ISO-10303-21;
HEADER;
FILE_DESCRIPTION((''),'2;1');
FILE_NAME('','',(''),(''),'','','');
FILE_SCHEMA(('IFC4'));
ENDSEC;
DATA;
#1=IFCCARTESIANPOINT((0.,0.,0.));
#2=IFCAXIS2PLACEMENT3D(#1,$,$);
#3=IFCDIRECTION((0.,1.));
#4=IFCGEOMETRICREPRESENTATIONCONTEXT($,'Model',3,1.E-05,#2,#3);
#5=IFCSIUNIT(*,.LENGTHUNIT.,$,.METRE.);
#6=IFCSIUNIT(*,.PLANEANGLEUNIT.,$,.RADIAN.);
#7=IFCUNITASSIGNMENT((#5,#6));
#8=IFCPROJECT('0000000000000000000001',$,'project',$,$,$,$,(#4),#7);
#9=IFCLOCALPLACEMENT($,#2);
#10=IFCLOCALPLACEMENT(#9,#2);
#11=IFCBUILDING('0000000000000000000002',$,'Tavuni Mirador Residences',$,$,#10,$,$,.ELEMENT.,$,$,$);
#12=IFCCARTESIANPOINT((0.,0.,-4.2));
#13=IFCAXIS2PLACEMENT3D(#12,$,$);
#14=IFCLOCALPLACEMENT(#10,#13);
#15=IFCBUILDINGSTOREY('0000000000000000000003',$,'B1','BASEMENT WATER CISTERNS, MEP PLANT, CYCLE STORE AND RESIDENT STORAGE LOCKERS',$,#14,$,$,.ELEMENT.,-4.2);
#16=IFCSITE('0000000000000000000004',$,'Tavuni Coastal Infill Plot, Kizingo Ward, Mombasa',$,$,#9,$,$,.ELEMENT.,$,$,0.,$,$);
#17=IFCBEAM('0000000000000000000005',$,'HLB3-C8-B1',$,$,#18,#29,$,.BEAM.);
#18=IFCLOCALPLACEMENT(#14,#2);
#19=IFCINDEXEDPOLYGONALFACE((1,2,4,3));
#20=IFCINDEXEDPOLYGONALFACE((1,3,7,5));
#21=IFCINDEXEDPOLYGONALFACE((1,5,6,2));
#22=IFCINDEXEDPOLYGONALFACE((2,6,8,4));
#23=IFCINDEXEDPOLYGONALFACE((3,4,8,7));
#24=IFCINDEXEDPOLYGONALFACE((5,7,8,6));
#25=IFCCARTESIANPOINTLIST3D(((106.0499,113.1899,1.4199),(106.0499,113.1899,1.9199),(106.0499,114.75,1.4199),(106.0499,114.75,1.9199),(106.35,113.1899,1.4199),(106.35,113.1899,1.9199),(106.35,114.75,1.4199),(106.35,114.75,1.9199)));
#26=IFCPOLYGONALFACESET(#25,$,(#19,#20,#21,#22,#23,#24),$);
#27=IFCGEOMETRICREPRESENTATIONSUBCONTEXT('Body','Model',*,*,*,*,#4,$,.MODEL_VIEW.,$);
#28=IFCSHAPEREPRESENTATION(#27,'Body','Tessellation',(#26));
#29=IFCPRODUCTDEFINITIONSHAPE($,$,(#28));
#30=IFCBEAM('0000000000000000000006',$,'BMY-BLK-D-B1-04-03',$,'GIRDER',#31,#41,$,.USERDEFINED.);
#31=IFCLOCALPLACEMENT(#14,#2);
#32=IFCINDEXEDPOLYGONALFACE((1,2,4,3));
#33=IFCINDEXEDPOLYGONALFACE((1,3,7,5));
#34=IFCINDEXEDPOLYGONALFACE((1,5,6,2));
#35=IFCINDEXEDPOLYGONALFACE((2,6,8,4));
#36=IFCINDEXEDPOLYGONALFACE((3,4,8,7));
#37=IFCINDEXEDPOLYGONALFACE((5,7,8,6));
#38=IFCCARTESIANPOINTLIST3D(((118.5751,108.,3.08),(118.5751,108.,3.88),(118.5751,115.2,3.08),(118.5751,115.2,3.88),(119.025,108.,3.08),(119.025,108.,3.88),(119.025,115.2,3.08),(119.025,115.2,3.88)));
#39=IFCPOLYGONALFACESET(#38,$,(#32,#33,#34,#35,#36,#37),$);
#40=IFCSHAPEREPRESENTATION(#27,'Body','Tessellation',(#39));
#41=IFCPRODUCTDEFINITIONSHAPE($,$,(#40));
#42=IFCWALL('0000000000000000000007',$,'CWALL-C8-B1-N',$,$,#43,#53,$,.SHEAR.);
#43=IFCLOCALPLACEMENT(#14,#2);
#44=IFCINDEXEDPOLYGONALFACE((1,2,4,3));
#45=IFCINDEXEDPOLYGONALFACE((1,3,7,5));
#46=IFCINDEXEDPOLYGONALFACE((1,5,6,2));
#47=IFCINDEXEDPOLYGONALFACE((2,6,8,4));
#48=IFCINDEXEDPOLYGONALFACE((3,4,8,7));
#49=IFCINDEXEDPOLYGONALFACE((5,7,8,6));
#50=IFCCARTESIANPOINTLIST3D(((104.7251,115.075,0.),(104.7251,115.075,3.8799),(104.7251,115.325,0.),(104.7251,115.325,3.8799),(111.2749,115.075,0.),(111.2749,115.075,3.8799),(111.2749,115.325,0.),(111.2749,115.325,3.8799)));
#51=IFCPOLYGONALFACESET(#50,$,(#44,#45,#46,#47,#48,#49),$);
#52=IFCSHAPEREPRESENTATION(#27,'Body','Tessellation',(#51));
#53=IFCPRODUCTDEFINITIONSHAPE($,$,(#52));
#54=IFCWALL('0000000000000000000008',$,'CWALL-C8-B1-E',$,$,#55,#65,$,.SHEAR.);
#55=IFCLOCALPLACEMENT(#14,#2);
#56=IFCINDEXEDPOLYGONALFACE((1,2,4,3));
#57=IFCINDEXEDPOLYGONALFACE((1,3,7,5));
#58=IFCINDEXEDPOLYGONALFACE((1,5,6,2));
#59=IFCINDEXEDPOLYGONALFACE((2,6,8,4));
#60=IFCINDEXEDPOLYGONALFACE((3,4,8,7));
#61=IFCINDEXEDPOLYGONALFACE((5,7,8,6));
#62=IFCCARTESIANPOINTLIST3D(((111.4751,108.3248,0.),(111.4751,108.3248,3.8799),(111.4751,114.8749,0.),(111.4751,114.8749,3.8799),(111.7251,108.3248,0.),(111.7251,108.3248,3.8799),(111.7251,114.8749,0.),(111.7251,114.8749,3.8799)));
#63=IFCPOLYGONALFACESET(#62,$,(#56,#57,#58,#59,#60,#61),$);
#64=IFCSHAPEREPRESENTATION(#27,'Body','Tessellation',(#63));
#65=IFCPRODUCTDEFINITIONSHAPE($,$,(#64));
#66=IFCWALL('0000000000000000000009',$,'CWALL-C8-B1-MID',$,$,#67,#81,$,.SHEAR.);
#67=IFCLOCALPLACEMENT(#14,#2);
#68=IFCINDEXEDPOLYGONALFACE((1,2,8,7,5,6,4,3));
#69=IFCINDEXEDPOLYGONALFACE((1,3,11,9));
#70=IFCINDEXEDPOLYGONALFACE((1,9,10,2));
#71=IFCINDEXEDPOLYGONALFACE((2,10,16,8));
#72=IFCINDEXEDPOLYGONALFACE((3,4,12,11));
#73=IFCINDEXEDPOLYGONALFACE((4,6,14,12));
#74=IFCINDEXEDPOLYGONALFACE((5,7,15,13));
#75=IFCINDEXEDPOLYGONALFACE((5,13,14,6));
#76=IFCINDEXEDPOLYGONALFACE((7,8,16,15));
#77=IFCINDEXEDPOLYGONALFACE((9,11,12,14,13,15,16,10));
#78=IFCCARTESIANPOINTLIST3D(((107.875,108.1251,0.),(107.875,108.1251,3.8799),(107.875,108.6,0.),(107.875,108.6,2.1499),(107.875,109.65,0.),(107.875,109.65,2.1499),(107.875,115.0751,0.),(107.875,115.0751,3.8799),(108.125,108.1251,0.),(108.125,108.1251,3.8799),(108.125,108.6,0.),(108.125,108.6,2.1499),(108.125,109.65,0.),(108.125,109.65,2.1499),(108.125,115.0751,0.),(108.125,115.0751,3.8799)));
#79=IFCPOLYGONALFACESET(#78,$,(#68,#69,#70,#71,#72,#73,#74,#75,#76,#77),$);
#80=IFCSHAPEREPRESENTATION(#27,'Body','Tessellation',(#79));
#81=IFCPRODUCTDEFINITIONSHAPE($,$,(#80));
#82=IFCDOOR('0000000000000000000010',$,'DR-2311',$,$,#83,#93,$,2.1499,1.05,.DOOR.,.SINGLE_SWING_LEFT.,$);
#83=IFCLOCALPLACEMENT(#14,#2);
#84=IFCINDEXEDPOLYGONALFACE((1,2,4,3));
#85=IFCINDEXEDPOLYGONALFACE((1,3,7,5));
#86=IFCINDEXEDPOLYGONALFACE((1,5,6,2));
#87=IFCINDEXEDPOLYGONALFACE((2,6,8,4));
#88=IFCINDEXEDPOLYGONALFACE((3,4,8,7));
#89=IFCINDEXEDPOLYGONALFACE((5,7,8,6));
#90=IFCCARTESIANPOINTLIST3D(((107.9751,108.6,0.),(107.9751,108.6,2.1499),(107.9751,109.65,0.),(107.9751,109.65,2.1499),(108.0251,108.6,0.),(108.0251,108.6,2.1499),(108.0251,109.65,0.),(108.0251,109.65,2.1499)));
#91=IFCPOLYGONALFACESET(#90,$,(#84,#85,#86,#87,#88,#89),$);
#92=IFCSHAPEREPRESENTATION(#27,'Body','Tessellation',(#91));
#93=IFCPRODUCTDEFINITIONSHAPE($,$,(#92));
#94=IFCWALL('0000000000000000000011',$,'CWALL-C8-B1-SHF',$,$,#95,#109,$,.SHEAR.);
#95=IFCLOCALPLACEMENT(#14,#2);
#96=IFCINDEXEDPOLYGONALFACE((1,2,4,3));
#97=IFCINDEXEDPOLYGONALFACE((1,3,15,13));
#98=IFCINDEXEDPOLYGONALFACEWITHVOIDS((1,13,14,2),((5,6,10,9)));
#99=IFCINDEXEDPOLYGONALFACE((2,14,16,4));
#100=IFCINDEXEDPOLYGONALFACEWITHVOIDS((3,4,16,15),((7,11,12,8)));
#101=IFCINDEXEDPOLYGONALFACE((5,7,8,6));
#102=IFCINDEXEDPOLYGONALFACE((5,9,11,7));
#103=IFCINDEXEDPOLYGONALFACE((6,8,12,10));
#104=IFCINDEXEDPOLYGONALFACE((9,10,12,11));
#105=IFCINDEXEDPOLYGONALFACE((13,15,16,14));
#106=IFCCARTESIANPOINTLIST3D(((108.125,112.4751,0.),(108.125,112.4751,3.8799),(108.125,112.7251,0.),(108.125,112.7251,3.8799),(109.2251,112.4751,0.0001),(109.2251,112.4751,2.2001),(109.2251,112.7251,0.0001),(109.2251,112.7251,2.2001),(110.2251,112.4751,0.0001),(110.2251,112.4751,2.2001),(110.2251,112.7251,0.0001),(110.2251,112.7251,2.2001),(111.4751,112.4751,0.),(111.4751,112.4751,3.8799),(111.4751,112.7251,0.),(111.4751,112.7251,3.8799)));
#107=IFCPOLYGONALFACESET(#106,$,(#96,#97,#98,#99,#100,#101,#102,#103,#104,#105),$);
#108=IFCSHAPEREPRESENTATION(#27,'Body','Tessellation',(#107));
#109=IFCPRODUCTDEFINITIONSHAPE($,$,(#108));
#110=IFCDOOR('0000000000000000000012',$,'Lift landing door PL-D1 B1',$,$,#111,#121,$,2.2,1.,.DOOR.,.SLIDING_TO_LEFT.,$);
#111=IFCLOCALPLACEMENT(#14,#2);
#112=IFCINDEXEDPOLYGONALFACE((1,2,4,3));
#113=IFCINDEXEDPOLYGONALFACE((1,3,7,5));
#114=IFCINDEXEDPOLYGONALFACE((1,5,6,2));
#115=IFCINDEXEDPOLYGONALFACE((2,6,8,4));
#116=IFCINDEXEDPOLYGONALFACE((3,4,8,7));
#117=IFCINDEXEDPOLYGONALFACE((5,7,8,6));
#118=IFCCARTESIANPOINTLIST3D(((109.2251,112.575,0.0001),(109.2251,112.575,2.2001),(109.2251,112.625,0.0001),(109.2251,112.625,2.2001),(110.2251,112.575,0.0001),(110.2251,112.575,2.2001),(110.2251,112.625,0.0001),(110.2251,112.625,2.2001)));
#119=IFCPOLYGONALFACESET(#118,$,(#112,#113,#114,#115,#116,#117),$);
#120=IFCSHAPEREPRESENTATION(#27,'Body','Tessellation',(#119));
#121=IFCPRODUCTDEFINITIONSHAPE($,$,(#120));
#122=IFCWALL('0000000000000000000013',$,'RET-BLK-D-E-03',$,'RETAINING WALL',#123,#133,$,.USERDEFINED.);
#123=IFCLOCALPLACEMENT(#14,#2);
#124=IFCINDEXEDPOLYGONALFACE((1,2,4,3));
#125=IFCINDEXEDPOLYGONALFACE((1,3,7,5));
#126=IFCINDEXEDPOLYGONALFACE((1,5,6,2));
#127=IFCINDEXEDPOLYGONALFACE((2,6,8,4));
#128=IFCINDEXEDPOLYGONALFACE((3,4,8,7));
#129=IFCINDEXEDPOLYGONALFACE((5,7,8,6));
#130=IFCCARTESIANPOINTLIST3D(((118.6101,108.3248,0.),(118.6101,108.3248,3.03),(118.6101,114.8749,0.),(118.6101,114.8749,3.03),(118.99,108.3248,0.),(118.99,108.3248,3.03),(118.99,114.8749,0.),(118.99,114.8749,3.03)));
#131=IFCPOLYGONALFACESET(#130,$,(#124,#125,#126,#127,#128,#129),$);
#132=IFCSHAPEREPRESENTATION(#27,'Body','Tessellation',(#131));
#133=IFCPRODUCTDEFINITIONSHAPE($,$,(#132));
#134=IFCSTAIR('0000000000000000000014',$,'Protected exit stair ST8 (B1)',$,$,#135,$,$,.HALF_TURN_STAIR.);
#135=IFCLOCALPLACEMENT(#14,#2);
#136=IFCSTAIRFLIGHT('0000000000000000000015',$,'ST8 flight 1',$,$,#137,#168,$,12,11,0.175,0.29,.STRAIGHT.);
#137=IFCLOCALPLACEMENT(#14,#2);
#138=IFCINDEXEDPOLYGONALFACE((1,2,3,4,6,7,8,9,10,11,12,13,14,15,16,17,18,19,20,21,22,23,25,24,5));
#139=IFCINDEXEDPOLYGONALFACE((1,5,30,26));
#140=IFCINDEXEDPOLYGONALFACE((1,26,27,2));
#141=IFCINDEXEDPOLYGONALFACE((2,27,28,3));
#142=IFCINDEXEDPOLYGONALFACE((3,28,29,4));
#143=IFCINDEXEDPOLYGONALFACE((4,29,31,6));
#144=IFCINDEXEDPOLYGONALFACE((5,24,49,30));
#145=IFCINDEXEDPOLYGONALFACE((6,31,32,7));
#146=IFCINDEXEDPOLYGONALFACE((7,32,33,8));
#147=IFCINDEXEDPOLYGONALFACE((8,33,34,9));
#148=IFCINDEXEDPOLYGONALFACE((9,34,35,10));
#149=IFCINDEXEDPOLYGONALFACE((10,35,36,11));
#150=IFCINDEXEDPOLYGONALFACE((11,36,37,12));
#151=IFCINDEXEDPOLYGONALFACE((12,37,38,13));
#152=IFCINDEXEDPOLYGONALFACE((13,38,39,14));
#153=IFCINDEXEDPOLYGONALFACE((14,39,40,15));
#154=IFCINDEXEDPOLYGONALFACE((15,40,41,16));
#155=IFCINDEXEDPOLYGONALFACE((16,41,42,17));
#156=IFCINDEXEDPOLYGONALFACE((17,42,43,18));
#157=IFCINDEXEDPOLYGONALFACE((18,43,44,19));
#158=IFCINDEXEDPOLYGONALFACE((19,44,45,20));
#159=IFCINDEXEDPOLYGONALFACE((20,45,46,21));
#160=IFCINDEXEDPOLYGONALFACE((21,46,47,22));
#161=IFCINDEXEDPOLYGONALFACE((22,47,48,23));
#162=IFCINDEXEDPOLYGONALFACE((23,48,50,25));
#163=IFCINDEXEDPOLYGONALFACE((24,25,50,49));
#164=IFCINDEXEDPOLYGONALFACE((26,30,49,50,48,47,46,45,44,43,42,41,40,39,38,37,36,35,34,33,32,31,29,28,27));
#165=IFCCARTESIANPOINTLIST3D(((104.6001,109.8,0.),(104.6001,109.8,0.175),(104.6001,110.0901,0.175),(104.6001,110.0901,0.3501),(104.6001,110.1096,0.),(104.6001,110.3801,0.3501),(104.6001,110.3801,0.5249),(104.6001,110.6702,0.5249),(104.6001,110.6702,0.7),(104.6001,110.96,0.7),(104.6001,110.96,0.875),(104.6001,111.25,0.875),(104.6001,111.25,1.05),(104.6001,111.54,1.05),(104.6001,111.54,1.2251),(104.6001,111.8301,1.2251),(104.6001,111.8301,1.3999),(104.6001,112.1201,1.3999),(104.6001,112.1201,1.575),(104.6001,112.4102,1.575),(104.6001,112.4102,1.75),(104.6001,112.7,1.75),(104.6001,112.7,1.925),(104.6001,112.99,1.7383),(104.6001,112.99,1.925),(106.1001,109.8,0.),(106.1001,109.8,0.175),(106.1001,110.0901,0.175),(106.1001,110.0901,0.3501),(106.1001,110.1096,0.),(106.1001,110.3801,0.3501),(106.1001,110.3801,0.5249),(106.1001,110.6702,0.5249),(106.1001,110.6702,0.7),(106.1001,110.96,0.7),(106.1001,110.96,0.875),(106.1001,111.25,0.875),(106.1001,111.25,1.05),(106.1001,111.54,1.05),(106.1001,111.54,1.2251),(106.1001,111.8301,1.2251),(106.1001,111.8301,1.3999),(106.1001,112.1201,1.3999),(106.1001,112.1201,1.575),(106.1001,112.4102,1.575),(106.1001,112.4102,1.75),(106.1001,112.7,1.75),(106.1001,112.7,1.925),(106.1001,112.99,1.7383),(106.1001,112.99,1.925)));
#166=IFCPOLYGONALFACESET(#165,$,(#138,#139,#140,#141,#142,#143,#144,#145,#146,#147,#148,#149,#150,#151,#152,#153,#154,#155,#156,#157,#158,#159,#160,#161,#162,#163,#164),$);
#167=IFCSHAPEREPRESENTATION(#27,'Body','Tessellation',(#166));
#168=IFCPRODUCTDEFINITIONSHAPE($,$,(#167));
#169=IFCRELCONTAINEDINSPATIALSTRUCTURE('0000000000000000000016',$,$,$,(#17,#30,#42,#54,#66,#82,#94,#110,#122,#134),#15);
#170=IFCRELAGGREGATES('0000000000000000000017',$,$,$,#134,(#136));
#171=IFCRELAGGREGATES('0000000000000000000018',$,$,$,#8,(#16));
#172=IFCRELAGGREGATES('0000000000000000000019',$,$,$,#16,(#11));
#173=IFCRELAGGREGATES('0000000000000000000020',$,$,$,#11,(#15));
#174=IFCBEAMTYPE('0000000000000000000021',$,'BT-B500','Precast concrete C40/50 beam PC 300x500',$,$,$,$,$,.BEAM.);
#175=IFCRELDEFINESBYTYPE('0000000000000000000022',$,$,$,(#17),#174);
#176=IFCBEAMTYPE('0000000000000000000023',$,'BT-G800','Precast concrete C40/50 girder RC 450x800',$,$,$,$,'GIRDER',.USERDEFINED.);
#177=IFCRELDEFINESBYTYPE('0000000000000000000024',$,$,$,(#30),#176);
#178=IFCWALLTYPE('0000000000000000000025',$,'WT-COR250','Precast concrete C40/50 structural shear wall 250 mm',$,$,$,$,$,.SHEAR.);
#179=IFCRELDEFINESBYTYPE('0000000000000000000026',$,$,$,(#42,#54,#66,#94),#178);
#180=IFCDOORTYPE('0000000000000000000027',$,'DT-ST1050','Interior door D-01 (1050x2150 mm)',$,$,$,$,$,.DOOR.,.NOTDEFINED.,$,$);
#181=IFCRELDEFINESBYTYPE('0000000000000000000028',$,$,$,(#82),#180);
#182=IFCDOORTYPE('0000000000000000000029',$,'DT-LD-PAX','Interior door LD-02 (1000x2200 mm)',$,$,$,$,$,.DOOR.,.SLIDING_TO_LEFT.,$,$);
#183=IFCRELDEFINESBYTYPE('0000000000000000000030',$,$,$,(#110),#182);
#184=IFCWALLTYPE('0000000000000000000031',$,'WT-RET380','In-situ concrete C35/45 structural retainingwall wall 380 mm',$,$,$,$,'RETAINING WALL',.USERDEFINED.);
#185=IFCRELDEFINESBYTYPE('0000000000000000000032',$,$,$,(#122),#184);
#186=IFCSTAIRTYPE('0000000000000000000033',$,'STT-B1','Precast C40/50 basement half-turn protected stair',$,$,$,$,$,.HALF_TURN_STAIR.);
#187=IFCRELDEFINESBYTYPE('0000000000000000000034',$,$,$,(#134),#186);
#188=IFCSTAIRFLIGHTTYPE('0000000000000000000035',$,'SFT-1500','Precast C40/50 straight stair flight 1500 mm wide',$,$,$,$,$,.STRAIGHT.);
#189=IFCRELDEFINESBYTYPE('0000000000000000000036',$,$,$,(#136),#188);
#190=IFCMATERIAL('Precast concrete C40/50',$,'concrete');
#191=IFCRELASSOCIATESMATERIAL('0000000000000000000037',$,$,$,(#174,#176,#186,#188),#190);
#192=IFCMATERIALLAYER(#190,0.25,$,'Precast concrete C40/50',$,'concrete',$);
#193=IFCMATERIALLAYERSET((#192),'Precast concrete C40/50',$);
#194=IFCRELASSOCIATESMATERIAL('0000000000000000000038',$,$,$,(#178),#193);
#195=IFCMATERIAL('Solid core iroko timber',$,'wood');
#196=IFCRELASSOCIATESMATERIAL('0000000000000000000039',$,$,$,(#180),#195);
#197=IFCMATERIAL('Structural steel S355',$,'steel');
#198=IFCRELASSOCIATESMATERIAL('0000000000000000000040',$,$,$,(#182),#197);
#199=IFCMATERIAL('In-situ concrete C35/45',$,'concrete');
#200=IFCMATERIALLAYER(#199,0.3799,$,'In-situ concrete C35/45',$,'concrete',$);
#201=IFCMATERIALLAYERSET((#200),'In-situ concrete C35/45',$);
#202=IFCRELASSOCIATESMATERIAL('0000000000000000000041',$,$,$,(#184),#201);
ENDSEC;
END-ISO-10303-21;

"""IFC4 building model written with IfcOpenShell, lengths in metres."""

from ifc_helpers import new_model, si_unit, direction, frame, frame_2d, origin, origin_2d, place, context, subcontext, project, spatial, polyline, rectangle, outline, extrude, material, layer, layer_set, material_profile, profile_set, type_object, element, fill, aggregate, save


model = new_model("IFC4")

# Units and contexts
model_context = context("Model", 3, precision=1e-05, world=origin(), true_north=direction((0.0, 1.0)))
body_context = subcontext(model_context, "Body", "Model", "MODEL_VIEW")
ifc_project = project(units=[si_unit("LENGTHUNIT", "METRE"), si_unit("PLANEANGLEUNIT", "RADIAN")], contexts=[model_context])

# Site, building, storey
site_placement = place(None, origin())
site = spatial("IfcSite", under=ifc_project, at=site_placement, Name="Tavuni Coastal Infill Plot, Kizingo Ward, Mombasa", CompositionType="ELEMENT", RefElevation=0.0)
building_placement = place(site_placement, origin())
building = spatial("IfcBuilding", under=site, at=building_placement, Name="Tavuni Mirador Residences", CompositionType="ELEMENT")
storey_placement = place(building_placement, frame((0.0, 0.0, -4.2)))
storey = spatial("IfcBuildingStorey", under=building, at=storey_placement, Name="B1", Description="BASEMENT WATER CISTERNS, MEP PLANT, CYCLE STORE AND RESIDENT STORAGE LOCKERS", CompositionType="ELEMENT", Elevation=-4.2)

# Shared definitions
ifc_material_1 = material(Name="In-situ concrete C35/45", Category="concrete")

# Beams
ifc_material_2 = material(Name="Precast concrete C40/50", Category="concrete")
ifc_material_profile_1 = material_profile(ifc_material_2, rectangle(XDim=0.3, YDim=0.5, at=origin_2d()), Name="PC 300x500", Category="concrete")
ifc_profile_set_1 = profile_set([ifc_material_profile_1], Name="Precast concrete C40/50")
beam_type_1 = type_object("IfcBeamType", Name="BT-B500", Description="Precast concrete C40/50 beam PC 300x500", PredefinedType="BEAM", material=ifc_profile_set_1)
beam_1_placement = place(storey_placement, frame((106.2, 113.1899, 1.6699), z_axis=(0.0, 1.0, 0.0), x_axis=(-1.0, 0.0, 0.0)))
element("IfcBeam", 1, at=beam_1_placement, inside=storey, type_object=beam_type_1, Name="HLB3-C8-B1", PredefinedType="BEAM", context=body_context, shape_type="SweptSolid", body=[
    extrude(rectangle(XDim=0.3, YDim=0.5, at=origin_2d()), origin(), (0.0, 0.0, 1.0), 1.5601),
])
ifc_material_profile_2 = material_profile(ifc_material_2, rectangle(XDim=0.45, YDim=0.8, at=origin_2d()), Name="RC 450x800", Category="concrete")
ifc_profile_set_2 = profile_set([ifc_material_profile_2], Name="Precast concrete C40/50")
beam_type_2 = type_object("IfcBeamType", Name="BT-G800", Description="Precast concrete C40/50 girder RC 450x800", ElementType="GIRDER", PredefinedType="USERDEFINED", material=ifc_profile_set_2)
beam_2_placement = place(storey_placement, frame((118.8, 108.0, 3.48), z_axis=(0.0, 1.0, 0.0), x_axis=(-1.0, 0.0, 0.0)))
element("IfcBeam", 2, at=beam_2_placement, inside=storey, type_object=beam_type_2, Name="BMY-BLK-D-B1-04-03", ObjectType="GIRDER", PredefinedType="USERDEFINED", context=body_context, shape_type="SweptSolid", body=[
    extrude(rectangle(XDim=0.45, YDim=0.8, at=origin_2d()), origin(), (0.0, 0.0, 1.0), 7.2),
])

# Walls
ifc_layer_1 = layer(ifc_material_2, 0.25, Name="Precast concrete C40/50", Category="concrete")
ifc_layer_set_1 = layer_set([ifc_layer_1], Name="Precast concrete C40/50")
wall_type_1 = type_object("IfcWallType", Name="WT-COR250", Description="Precast concrete C40/50 structural shear wall 250 mm", PredefinedType="SHEAR", material=ifc_layer_set_1)
wall_1_placement = place(storey_placement, frame((104.7251, 115.2, 0.0), z_axis=(0.0, 0.0, 1.0), x_axis=(1.0, 0.0, 0.0)))
element("IfcWall", 3, at=wall_1_placement, inside=storey, type_object=wall_type_1, Name="CWALL-C8-B1-N", PredefinedType="SHEAR", context=body_context, shape_type="SweptSolid", body=[
    extrude(rectangle(XDim=6.5498, YDim=0.25, at=frame_2d((3.2749, 0.0))), origin(), (0.0, 0.0, 1.0), 3.8799),
])
wall_2_placement = place(storey_placement, frame((111.6001, 108.325, 0.0), z_axis=(0.0, 0.0, 1.0), x_axis=(0.0, 1.0, 0.0)))
element("IfcWall", 4, at=wall_2_placement, inside=storey, type_object=wall_type_1, Name="CWALL-C8-B1-E", PredefinedType="SHEAR", context=body_context, shape_type="SweptSolid", body=[
    extrude(rectangle(XDim=6.55, YDim=0.25, at=frame_2d((3.2749, 0.0))), origin(), (0.0, 0.0, 1.0), 3.8799),
])

# Walls, openings, doors
wall_3_placement = place(storey_placement, frame((108.0, 108.125, 0.0), z_axis=(0.0, 0.0, 1.0), x_axis=(0.0, 1.0, 0.0)))
wall_3 = element("IfcWall", 5, at=wall_3_placement, inside=storey, type_object=wall_type_1, Name="CWALL-C8-B1-MID", PredefinedType="SHEAR", context=body_context, shape_type="SweptSolid", body=[
    extrude(rectangle(XDim=6.95, YDim=0.25, at=frame_2d((3.4751, 0.0))), origin(), (0.0, 0.0, 1.0), 3.8799),
])
opening_1_placement = place(wall_3_placement, frame((0.4751, 0.0, 0.0)))
opening_1 = element("IfcOpeningElement", 6, at=opening_1_placement, cuts=wall_3, PredefinedType="OPENING", context=body_context, shape_type="SweptSolid", body=[
    extrude(rectangle(XDim=1.05, YDim=2.1499, at=frame_2d((0.5249, 1.075))), frame((0.0, 0.135, 0.0), z_axis=(0.0, -1.0, 0.0), x_axis=(1.0, 0.0, 0.0)), (0.0, 0.0, 1.0), 0.27),
])
ifc_material_3 = material(Name="Solid core iroko timber", Category="wood")
door_type_1 = type_object("IfcDoorType", Name="DT-ST1050", Description="Interior door D-01 (1050x2150 mm)", OperationType="NOTDEFINED", PredefinedType="DOOR", material=ifc_material_3)
door_1_placement = place(opening_1_placement, origin())
door_1 = element("IfcDoor", 7, at=door_1_placement, inside=storey, type_object=door_type_1, Name="DR-2311", OperationType="SINGLE_SWING_LEFT", OverallHeight=2.1499, OverallWidth=1.05, PredefinedType="DOOR", context=body_context, shape_type="SweptSolid", body=[
    extrude(rectangle(XDim=1.05, YDim=2.1499, at=frame_2d((0.5249, 1.075))), frame((0.0, 0.0249, 0.0), z_axis=(0.0, -1.0, 0.0), x_axis=(1.0, 0.0, 0.0)), (0.0, 0.0, 1.0), 0.05),
])
fill(opening_1, door_1)
wall_4_placement = place(storey_placement, frame((108.125, 112.6001, 0.0), z_axis=(0.0, 0.0, 1.0), x_axis=(1.0, 0.0, 0.0)))
wall_4 = element("IfcWall", 8, at=wall_4_placement, inside=storey, type_object=wall_type_1, Name="CWALL-C8-B1-SHF", PredefinedType="SHEAR", context=body_context, shape_type="SweptSolid", body=[
    extrude(rectangle(XDim=3.3501, YDim=0.25, at=frame_2d((1.675, 0.0))), origin(), (0.0, 0.0, 1.0), 3.8799),
])
opening_2_placement = place(wall_4_placement, frame((1.1001, 0.0, 0.0)))
opening_2 = element("IfcOpeningElement", 9, at=opening_2_placement, cuts=wall_4, PredefinedType="OPENING", context=body_context, shape_type="SweptSolid", body=[
    extrude(rectangle(XDim=1.0, YDim=2.2, at=frame_2d((0.5, 1.1001))), frame((0.0, 0.135, 0.0), z_axis=(0.0, -1.0, 0.0), x_axis=(1.0, 0.0, 0.0)), (0.0, 0.0, 1.0), 0.27),
])
ifc_material_4 = material(Name="Structural steel S355", Category="steel")
door_type_2 = type_object("IfcDoorType", Name="DT-LD-PAX", Description="Interior door LD-02 (1000x2200 mm)", OperationType="SLIDING_TO_LEFT", PredefinedType="DOOR", material=ifc_material_4)
door_2_placement = place(opening_2_placement, origin())
door_2 = element("IfcDoor", 10, at=door_2_placement, inside=storey, type_object=door_type_2, Name="Lift landing door PL-D1 B1", OperationType="SLIDING_TO_LEFT", OverallHeight=2.2, OverallWidth=1.0, PredefinedType="DOOR", context=body_context, shape_type="SweptSolid", body=[
    extrude(rectangle(XDim=1.0, YDim=2.2, at=frame_2d((0.5, 1.1001))), frame((0.0, 0.0249, 0.0), z_axis=(0.0, -1.0, 0.0), x_axis=(1.0, 0.0, 0.0)), (0.0, 0.0, 1.0), 0.05),
])
fill(opening_2, door_2)

# Wall
ifc_layer_2 = layer(ifc_material_1, 0.3799, Name="In-situ concrete C35/45", Category="concrete")
ifc_layer_set_2 = layer_set([ifc_layer_2], Name="In-situ concrete C35/45")
wall_type_2 = type_object("IfcWallType", Name="WT-RET380", Description="In-situ concrete C35/45 structural retainingwall wall 380 mm", ElementType="RETAINING WALL", PredefinedType="USERDEFINED", material=ifc_layer_set_2)
wall_5_placement = place(storey_placement, frame((118.8, 108.325, 0.0), z_axis=(0.0, 0.0, 1.0), x_axis=(0.0, 1.0, 0.0)))
element("IfcWall", 11, at=wall_5_placement, inside=storey, type_object=wall_type_2, Name="RET-BLK-D-E-03", ObjectType="RETAINING WALL", PredefinedType="USERDEFINED", context=body_context, shape_type="SweptSolid", body=[
    extrude(rectangle(XDim=6.55, YDim=0.3799, at=frame_2d((3.2749, 0.0))), origin(), (0.0, 0.0, 1.0), 3.03),
])

# Stair, stair flight
stair_type = type_object("IfcStairType", Name="STT-B1", Description="Precast C40/50 basement half-turn protected stair", PredefinedType="HALF_TURN_STAIR", material=ifc_material_2)
stair_placement = place(storey_placement, origin())
stair = element("IfcStair", 12, at=stair_placement, inside=storey, type_object=stair_type, Name="Protected exit stair ST8 (B1)", PredefinedType="HALF_TURN_STAIR")
stair_flight_type = type_object("IfcStairFlightType", Name="SFT-1500", Description="Precast C40/50 straight stair flight 1500 mm wide", PredefinedType="STRAIGHT", material=ifc_material_2)
stair_flight_1_placement = place(storey_placement, frame((105.3501, 109.8, 0.0), z_axis=(0.0, 0.0, 1.0), x_axis=(0.0, 1.0, 0.0)))
stair_flight_1 = element("IfcStairFlight", 13, at=stair_flight_1_placement, type_object=stair_flight_type, Name="ST8 flight 1", NumberOfRisers=12, NumberOfTreads=11, PredefinedType="STRAIGHT", RiserHeight=0.175, TreadLength=0.29, context=body_context, shape_type="SweptSolid", body=[
    extrude(outline(polyline([(0.0, 0.0), (0.0, 0.175), (0.29, 0.175), (0.29, 0.3501), (0.5801, 0.3501), (0.5801, 0.5249), (0.8701, 0.5249), (0.8701, 0.7), (1.1599, 0.7), (1.1599, 0.875), (1.45, 0.875), (1.45, 1.05), (1.74, 1.05), (1.74, 1.2251), (2.03, 1.2251), (2.03, 1.3999), (2.3201, 1.3999), (2.3201, 1.575), (2.6101, 1.575), (2.6101, 1.75), (2.8999, 1.75), (2.8999, 1.925), (3.1899, 1.925), (3.1899, 2.1001), (3.1899, 1.7383), (0.3096, 0.0), (0.0, 0.0)])), frame((0.0, 0.75, 0.0), z_axis=(0.0, -1.0, 0.0), x_axis=(1.0, 0.0, 0.0)), (0.0, 0.0, 1.0), 1.5),
])
aggregate(stair, [stair_flight_1])

save(model, "model.ifc")
